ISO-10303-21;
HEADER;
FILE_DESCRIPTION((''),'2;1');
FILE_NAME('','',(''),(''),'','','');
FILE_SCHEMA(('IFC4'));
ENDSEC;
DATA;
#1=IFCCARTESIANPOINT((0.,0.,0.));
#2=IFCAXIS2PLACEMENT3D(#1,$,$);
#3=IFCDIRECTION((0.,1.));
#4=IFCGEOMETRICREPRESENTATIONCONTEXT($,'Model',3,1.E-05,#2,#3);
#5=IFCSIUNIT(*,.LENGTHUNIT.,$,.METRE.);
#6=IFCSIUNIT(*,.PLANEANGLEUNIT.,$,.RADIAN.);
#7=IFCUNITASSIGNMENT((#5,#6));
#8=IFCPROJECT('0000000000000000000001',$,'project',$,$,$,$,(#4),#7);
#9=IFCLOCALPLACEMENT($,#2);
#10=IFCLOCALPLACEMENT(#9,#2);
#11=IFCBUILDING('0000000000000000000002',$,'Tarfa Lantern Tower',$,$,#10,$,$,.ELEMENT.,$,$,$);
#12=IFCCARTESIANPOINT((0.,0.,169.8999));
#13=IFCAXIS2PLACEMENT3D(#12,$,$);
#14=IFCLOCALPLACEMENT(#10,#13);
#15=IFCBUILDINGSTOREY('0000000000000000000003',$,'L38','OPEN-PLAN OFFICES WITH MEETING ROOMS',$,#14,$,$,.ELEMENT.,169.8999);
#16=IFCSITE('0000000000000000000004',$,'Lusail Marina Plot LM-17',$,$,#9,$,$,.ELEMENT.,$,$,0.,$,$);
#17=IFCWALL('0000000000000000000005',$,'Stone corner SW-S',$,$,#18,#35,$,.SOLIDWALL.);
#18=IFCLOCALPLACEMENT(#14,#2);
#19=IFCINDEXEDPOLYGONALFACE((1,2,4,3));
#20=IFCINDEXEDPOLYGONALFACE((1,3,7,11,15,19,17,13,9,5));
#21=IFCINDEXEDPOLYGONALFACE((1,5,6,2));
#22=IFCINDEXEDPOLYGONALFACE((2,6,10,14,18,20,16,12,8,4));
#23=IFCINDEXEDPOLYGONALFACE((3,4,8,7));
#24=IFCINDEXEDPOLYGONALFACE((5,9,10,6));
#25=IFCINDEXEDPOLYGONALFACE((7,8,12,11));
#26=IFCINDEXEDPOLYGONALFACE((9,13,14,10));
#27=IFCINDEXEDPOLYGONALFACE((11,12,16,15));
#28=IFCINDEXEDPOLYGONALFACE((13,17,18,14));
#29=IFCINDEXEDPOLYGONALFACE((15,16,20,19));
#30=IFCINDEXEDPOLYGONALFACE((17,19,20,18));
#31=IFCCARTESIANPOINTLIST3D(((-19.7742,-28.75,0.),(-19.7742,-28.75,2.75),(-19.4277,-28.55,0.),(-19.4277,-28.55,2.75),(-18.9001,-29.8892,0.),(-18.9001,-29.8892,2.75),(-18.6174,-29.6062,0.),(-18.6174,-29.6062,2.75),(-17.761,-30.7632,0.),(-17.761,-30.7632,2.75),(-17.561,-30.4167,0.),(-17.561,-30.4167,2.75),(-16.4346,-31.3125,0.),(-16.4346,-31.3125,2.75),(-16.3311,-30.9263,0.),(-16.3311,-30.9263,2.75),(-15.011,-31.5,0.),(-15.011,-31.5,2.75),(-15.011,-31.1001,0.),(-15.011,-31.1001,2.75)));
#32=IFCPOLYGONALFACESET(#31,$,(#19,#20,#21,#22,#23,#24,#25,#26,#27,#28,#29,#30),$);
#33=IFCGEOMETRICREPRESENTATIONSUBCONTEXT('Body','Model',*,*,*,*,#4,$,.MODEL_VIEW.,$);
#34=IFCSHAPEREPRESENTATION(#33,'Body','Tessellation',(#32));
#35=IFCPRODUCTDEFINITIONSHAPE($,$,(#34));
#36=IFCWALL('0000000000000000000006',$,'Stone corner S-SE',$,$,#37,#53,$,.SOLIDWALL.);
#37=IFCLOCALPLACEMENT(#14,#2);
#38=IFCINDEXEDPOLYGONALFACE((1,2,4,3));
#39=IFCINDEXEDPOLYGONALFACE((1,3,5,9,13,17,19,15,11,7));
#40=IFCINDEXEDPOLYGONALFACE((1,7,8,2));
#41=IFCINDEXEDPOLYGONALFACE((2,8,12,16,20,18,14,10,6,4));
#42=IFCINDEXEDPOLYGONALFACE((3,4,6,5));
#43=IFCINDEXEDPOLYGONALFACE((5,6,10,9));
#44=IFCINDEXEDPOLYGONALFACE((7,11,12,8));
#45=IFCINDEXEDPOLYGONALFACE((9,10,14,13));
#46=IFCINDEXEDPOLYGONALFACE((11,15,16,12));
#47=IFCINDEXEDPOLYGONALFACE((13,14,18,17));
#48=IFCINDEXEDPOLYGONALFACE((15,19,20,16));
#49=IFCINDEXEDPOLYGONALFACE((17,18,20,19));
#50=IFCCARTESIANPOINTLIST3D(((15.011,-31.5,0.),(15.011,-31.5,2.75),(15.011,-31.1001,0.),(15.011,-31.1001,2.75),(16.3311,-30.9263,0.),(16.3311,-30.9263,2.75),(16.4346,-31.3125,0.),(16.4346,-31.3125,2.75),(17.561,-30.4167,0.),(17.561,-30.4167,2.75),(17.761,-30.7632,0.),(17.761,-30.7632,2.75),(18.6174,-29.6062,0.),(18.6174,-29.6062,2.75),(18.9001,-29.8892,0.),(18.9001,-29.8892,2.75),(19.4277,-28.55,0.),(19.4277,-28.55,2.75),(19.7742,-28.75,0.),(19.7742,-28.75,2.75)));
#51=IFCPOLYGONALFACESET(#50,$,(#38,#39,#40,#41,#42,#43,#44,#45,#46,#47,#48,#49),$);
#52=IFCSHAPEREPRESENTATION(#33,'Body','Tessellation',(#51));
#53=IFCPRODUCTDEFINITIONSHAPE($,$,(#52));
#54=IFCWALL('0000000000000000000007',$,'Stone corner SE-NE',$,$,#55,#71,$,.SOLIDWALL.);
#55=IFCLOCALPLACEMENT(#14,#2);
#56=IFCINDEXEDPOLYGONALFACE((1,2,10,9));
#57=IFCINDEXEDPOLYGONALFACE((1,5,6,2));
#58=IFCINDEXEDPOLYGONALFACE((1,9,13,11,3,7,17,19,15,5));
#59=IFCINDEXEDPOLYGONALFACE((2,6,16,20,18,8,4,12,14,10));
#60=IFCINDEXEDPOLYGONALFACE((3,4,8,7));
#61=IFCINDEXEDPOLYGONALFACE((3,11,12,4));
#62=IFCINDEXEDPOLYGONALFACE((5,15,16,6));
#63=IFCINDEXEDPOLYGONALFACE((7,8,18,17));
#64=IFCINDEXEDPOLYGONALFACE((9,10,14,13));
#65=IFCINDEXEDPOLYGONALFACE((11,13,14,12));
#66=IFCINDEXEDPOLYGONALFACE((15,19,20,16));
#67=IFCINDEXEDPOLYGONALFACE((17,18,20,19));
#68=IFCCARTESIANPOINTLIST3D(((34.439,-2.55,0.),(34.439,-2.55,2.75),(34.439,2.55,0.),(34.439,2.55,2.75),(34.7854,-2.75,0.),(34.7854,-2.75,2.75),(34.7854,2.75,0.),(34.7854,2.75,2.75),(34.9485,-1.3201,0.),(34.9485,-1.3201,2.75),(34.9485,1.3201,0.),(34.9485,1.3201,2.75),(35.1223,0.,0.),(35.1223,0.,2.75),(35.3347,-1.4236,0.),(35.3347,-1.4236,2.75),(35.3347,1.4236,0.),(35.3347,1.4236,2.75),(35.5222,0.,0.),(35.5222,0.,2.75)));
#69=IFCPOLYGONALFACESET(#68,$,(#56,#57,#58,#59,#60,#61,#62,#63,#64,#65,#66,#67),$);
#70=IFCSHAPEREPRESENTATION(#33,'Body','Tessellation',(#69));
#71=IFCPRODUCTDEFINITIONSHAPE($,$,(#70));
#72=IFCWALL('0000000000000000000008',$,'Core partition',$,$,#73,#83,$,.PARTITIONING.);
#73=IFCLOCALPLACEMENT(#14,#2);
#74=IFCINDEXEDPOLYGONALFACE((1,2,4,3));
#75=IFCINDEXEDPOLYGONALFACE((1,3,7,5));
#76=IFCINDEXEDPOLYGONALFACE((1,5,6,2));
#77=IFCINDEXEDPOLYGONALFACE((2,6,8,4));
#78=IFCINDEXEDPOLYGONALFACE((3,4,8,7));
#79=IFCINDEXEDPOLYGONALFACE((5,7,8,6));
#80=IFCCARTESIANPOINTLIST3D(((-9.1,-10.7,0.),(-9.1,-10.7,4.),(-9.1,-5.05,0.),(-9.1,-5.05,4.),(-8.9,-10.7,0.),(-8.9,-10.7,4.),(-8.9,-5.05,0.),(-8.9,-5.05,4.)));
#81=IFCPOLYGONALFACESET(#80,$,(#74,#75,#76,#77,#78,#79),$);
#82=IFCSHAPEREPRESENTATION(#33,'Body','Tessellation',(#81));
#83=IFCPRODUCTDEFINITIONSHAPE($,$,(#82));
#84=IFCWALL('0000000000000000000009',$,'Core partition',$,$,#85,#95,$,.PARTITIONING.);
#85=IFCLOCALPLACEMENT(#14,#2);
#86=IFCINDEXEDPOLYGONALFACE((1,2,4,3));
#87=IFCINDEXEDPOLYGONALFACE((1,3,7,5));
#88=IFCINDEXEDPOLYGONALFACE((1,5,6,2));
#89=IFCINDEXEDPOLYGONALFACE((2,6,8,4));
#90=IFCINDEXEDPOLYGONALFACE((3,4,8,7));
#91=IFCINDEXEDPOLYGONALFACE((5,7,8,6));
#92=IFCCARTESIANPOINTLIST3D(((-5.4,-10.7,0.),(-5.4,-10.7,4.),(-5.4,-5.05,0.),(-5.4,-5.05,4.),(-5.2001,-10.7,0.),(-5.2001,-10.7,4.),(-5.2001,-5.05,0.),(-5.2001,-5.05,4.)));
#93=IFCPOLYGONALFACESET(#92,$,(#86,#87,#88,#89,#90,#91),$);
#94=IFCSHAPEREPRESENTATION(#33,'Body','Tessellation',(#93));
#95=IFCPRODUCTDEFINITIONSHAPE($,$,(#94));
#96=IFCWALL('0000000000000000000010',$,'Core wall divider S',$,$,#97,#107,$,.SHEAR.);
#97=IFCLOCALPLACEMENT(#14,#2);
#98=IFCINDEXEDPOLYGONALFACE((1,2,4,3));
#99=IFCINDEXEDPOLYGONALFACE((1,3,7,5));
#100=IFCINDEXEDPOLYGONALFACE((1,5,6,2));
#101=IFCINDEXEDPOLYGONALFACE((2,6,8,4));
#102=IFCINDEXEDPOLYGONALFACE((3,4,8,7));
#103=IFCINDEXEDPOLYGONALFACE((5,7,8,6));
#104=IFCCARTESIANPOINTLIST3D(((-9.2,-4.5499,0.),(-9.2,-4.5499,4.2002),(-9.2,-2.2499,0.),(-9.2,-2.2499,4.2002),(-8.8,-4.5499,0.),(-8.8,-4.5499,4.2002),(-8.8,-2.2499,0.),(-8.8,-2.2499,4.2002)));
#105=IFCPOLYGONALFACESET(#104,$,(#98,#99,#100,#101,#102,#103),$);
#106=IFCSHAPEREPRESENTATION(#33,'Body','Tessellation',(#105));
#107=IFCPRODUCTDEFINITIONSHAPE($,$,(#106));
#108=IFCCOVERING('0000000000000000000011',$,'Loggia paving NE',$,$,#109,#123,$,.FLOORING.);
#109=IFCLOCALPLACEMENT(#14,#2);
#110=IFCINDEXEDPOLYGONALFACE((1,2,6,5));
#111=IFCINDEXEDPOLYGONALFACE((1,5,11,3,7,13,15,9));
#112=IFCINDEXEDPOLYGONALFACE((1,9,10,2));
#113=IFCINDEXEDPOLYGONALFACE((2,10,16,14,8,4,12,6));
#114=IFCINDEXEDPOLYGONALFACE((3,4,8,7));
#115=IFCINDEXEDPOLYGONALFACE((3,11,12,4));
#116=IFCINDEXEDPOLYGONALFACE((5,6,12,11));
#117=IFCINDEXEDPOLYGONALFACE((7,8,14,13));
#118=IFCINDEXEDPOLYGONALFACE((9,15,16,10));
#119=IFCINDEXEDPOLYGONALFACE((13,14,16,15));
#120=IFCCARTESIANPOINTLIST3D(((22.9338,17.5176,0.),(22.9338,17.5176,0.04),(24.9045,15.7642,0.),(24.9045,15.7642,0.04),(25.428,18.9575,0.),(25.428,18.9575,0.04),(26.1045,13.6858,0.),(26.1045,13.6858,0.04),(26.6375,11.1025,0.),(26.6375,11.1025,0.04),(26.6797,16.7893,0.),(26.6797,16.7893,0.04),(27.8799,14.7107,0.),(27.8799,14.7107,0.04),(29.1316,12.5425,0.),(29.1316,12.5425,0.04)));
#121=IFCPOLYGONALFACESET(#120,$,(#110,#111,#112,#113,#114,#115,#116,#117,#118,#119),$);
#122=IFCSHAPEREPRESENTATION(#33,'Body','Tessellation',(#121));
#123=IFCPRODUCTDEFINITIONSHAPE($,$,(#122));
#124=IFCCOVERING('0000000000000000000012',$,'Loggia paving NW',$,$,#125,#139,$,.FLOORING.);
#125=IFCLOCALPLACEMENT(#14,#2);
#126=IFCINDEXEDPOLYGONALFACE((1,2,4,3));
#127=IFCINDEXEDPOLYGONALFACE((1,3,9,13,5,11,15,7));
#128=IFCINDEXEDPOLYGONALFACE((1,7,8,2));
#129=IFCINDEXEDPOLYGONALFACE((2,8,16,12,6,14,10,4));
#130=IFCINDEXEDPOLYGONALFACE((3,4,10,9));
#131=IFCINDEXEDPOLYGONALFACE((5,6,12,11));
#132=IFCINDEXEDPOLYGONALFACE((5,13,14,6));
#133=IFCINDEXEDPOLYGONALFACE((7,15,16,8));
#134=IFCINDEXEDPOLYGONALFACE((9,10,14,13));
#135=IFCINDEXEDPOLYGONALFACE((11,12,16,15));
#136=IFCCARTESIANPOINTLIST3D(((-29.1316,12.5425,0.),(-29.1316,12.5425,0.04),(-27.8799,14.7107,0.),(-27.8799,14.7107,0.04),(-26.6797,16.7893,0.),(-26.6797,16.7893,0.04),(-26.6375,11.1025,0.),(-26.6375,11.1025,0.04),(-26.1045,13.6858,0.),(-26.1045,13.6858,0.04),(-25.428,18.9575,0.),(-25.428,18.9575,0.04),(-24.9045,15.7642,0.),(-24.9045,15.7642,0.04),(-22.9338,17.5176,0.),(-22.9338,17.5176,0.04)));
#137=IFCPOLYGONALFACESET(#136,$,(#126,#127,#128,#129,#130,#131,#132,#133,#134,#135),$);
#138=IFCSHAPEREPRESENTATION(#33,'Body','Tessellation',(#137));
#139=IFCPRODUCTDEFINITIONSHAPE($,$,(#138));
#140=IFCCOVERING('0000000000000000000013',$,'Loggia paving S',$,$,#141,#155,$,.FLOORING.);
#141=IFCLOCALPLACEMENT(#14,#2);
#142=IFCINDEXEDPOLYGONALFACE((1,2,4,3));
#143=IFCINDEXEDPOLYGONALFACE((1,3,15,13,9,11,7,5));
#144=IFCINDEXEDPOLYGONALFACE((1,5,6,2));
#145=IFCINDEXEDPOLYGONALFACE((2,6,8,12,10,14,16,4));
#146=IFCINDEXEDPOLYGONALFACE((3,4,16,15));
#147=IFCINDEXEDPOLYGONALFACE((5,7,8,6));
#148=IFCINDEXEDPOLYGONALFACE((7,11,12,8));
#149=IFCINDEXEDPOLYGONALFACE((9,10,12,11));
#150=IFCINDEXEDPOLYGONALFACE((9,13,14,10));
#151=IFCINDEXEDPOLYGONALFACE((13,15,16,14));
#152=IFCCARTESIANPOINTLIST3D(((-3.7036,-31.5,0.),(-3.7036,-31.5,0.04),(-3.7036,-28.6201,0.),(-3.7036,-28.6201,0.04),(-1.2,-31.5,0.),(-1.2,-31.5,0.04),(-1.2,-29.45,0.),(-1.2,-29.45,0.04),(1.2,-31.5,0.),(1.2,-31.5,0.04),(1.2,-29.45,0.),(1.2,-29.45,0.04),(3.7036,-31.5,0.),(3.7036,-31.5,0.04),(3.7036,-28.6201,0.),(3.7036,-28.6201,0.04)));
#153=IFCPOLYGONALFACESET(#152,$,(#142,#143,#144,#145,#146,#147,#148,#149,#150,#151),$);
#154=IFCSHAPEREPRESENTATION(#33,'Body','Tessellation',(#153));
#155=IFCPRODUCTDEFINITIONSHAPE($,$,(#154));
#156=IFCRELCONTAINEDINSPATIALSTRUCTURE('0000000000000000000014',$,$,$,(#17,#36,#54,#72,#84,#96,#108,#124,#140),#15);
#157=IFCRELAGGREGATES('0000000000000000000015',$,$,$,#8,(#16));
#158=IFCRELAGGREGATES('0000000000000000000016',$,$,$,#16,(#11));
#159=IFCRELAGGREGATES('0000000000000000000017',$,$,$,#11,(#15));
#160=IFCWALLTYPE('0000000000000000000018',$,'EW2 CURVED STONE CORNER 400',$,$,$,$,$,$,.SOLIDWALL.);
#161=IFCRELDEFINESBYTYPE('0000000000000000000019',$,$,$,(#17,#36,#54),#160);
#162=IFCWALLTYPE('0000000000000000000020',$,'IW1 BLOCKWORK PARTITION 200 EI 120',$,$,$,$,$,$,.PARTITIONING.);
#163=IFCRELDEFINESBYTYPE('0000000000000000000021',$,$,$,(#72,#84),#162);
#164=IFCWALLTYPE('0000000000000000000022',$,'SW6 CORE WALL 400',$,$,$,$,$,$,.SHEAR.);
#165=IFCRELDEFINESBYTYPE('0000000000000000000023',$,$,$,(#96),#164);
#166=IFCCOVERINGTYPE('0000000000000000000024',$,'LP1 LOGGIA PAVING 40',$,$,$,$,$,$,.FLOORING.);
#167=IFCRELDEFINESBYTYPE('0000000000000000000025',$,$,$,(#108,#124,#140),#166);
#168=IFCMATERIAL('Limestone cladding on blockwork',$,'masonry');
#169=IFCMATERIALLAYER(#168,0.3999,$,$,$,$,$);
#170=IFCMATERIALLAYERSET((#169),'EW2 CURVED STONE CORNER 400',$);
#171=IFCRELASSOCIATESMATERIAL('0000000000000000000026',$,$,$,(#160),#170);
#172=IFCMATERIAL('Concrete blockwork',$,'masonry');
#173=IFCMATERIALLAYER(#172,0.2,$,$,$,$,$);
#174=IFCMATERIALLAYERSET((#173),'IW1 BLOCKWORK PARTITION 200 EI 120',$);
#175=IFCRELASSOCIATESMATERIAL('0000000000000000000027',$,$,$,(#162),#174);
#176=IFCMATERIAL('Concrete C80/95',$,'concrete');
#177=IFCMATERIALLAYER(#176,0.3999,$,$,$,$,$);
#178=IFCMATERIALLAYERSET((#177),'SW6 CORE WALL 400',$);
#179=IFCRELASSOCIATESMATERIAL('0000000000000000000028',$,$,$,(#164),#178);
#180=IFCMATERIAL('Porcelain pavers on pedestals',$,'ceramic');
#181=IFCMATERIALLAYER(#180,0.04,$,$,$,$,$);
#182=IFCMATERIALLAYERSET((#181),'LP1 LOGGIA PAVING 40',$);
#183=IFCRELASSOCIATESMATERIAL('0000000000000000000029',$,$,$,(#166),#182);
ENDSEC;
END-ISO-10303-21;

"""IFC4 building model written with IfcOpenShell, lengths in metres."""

from ifc_helpers import new_model, si_unit, direction, frame, frame_2d, origin, place, context, subcontext, project, spatial, polyline, rectangle, outline, extrude, material, layer, layer_set, type_object, element, save


model = new_model("IFC4")

# Units and contexts
model_context = context("Model", 3, precision=1e-05, world=origin(), true_north=direction((0.0, 1.0)))
body_context = subcontext(model_context, "Body", "Model", "MODEL_VIEW")
ifc_project = project(units=[si_unit("LENGTHUNIT", "METRE"), si_unit("PLANEANGLEUNIT", "RADIAN")], contexts=[model_context])

# Site, building, storey
site_placement = place(None, origin())
site = spatial("IfcSite", under=ifc_project, at=site_placement, Name="Lusail Marina Plot LM-17", CompositionType="ELEMENT", RefElevation=0.0)
building_placement = place(site_placement, origin())
building = spatial("IfcBuilding", under=site, at=building_placement, Name="Tarfa Lantern Tower", CompositionType="ELEMENT")
storey_placement = place(building_placement, frame((0.0, 0.0, 169.8999)))
storey = spatial("IfcBuildingStorey", under=building, at=storey_placement, Name="L38", Description="OPEN-PLAN OFFICES WITH MEETING ROOMS", CompositionType="ELEMENT", Elevation=169.8999)

# Walls
ifc_material_1 = material(Name="Limestone cladding on blockwork", Category="masonry")
ifc_layer_1 = layer(ifc_material_1, 0.3999)
ifc_layer_set_1 = layer_set([ifc_layer_1], Name="EW2 CURVED STONE CORNER 400")
wall_type_1 = type_object("IfcWallType", Name="EW2 CURVED STONE CORNER 400", PredefinedType="SOLIDWALL", material=ifc_layer_set_1)
wall_1_placement = place(storey_placement, origin())
element("IfcWall", 1, at=wall_1_placement, inside=storey, type_object=wall_type_1, Name="Stone corner SW-S", PredefinedType="SOLIDWALL", context=body_context, shape_type="SweptSolid", body=[
    extrude(outline(polyline([(-19.7742, -28.75), (-18.9001, -29.8892), (-17.761, -30.7632), (-16.4346, -31.3125), (-15.011, -31.5), (-15.011, -31.1001), (-16.3311, -30.9263), (-17.561, -30.4167), (-18.6174, -29.6062), (-19.4277, -28.55), (-19.7742, -28.75)])), origin(), (0.0, 0.0, 1.0), 2.75),
])
wall_2_placement = place(storey_placement, origin())
element("IfcWall", 2, at=wall_2_placement, inside=storey, type_object=wall_type_1, Name="Stone corner S-SE", PredefinedType="SOLIDWALL", context=body_context, shape_type="SweptSolid", body=[
    extrude(outline(polyline([(15.011, -31.5), (16.4346, -31.3125), (17.761, -30.7632), (18.9001, -29.8892), (19.7742, -28.75), (19.4277, -28.55), (18.6174, -29.6062), (17.561, -30.4167), (16.3311, -30.9263), (15.011, -31.1001), (15.011, -31.5)])), origin(), (0.0, 0.0, 1.0), 2.75),
])
wall_3_placement = place(storey_placement, origin())
element("IfcWall", 3, at=wall_3_placement, inside=storey, type_object=wall_type_1, Name="Stone corner SE-NE", PredefinedType="SOLIDWALL", context=body_context, shape_type="SweptSolid", body=[
    extrude(outline(polyline([(34.7854, -2.75), (35.3347, -1.4236), (35.5222, 0.0), (35.3347, 1.4236), (34.7854, 2.75), (34.439, 2.55), (34.9485, 1.3201), (35.1223, 0.0), (34.9485, -1.3201), (34.439, -2.55), (34.7854, -2.75)])), origin(), (0.0, 0.0, 1.0), 2.75),
])
ifc_material_2 = material(Name="Concrete blockwork", Category="masonry")
ifc_layer_2 = layer(ifc_material_2, 0.2)
ifc_layer_set_2 = layer_set([ifc_layer_2], Name="IW1 BLOCKWORK PARTITION 200 EI 120")
wall_type_2 = type_object("IfcWallType", Name="IW1 BLOCKWORK PARTITION 200 EI 120", PredefinedType="PARTITIONING", material=ifc_layer_set_2)
for number, where, z_axis, x_axis, name in (
    (4, (-9.0, -5.05, 0.0), (0.0, 0.0, 1.0), (0.0, -1.0, 0.0), "Core partition"),
    (5, (-5.3, -5.05, 0.0), (0.0, 0.0, 1.0), (0.0, -1.0, 0.0), "Core partition"),
):
    element("IfcWall", number, at=place(storey_placement, frame(where, z_axis=z_axis, x_axis=x_axis)), inside=storey, type_object=wall_type_2, Name=name, PredefinedType="PARTITIONING", context=body_context, shape_type="SweptSolid", body=[
        extrude(rectangle(XDim=5.6499, YDim=0.2, at=frame_2d((2.825, 0.0))), origin(), (0.0, 0.0, 1.0), 4.0),
    ])
ifc_material_3 = material(Name="Concrete C80/95", Category="concrete")
ifc_layer_3 = layer(ifc_material_3, 0.3999)
ifc_layer_set_3 = layer_set([ifc_layer_3], Name="SW6 CORE WALL 400")
wall_type_3 = type_object("IfcWallType", Name="SW6 CORE WALL 400", PredefinedType="SHEAR", material=ifc_layer_set_3)
wall_4_placement = place(storey_placement, frame((-9.0, -2.25, 0.0), z_axis=(0.0, 0.0, 1.0), x_axis=(0.0, -1.0, 0.0)))
element("IfcWall", 6, at=wall_4_placement, inside=storey, type_object=wall_type_3, Name="Core wall divider S", PredefinedType="SHEAR", context=body_context, shape_type="SweptSolid", body=[
    extrude(rectangle(XDim=2.3, YDim=0.3999, at=frame_2d((1.1499, 0.0))), origin(), (0.0, 0.0, 1.0), 4.2002),
])

# Coverings
ifc_material_4 = material(Name="Porcelain pavers on pedestals", Category="ceramic")
ifc_layer_4 = layer(ifc_material_4, 0.04)
ifc_layer_set_4 = layer_set([ifc_layer_4], Name="LP1 LOGGIA PAVING 40")
covering_type = type_object("IfcCoveringType", Name="LP1 LOGGIA PAVING 40", PredefinedType="FLOORING", material=ifc_layer_set_4)
covering_1_placement = place(storey_placement, origin())
element("IfcCovering", 7, at=covering_1_placement, inside=storey, type_object=covering_type, Name="Loggia paving NE", PredefinedType="FLOORING", context=body_context, shape_type="SweptSolid", body=[
    extrude(outline(polyline([(29.1316, 12.5425), (26.6375, 11.1025), (22.9338, 17.5176), (25.428, 18.9575), (26.6797, 16.7893), (24.9045, 15.7642), (26.1045, 13.6858), (27.8799, 14.7107), (29.1316, 12.5425)])), origin(), (0.0, 0.0, 1.0), 0.04),
])
covering_2_placement = place(storey_placement, origin())
element("IfcCovering", 8, at=covering_2_placement, inside=storey, type_object=covering_type, Name="Loggia paving NW", PredefinedType="FLOORING", context=body_context, shape_type="SweptSolid", body=[
    extrude(outline(polyline([(-25.428, 18.9575), (-22.9338, 17.5176), (-26.6375, 11.1025), (-29.1316, 12.5425), (-27.8799, 14.7107), (-26.1045, 13.6858), (-24.9045, 15.7642), (-26.6797, 16.7893), (-25.428, 18.9575)])), origin(), (0.0, 0.0, 1.0), 0.04),
])
covering_3_placement = place(storey_placement, origin())
element("IfcCovering", 9, at=covering_3_placement, inside=storey, type_object=covering_type, Name="Loggia paving S", PredefinedType="FLOORING", context=body_context, shape_type="SweptSolid", body=[
    extrude(outline(polyline([(-3.7036, -31.5), (-3.7036, -28.6201), (3.7036, -28.6201), (3.7036, -31.5), (1.2, -31.5), (1.2, -29.45), (-1.2, -29.45), (-1.2, -31.5), (-3.7036, -31.5)])), origin(), (0.0, 0.0, 1.0), 0.04),
])

save(model, "model.ifc")
